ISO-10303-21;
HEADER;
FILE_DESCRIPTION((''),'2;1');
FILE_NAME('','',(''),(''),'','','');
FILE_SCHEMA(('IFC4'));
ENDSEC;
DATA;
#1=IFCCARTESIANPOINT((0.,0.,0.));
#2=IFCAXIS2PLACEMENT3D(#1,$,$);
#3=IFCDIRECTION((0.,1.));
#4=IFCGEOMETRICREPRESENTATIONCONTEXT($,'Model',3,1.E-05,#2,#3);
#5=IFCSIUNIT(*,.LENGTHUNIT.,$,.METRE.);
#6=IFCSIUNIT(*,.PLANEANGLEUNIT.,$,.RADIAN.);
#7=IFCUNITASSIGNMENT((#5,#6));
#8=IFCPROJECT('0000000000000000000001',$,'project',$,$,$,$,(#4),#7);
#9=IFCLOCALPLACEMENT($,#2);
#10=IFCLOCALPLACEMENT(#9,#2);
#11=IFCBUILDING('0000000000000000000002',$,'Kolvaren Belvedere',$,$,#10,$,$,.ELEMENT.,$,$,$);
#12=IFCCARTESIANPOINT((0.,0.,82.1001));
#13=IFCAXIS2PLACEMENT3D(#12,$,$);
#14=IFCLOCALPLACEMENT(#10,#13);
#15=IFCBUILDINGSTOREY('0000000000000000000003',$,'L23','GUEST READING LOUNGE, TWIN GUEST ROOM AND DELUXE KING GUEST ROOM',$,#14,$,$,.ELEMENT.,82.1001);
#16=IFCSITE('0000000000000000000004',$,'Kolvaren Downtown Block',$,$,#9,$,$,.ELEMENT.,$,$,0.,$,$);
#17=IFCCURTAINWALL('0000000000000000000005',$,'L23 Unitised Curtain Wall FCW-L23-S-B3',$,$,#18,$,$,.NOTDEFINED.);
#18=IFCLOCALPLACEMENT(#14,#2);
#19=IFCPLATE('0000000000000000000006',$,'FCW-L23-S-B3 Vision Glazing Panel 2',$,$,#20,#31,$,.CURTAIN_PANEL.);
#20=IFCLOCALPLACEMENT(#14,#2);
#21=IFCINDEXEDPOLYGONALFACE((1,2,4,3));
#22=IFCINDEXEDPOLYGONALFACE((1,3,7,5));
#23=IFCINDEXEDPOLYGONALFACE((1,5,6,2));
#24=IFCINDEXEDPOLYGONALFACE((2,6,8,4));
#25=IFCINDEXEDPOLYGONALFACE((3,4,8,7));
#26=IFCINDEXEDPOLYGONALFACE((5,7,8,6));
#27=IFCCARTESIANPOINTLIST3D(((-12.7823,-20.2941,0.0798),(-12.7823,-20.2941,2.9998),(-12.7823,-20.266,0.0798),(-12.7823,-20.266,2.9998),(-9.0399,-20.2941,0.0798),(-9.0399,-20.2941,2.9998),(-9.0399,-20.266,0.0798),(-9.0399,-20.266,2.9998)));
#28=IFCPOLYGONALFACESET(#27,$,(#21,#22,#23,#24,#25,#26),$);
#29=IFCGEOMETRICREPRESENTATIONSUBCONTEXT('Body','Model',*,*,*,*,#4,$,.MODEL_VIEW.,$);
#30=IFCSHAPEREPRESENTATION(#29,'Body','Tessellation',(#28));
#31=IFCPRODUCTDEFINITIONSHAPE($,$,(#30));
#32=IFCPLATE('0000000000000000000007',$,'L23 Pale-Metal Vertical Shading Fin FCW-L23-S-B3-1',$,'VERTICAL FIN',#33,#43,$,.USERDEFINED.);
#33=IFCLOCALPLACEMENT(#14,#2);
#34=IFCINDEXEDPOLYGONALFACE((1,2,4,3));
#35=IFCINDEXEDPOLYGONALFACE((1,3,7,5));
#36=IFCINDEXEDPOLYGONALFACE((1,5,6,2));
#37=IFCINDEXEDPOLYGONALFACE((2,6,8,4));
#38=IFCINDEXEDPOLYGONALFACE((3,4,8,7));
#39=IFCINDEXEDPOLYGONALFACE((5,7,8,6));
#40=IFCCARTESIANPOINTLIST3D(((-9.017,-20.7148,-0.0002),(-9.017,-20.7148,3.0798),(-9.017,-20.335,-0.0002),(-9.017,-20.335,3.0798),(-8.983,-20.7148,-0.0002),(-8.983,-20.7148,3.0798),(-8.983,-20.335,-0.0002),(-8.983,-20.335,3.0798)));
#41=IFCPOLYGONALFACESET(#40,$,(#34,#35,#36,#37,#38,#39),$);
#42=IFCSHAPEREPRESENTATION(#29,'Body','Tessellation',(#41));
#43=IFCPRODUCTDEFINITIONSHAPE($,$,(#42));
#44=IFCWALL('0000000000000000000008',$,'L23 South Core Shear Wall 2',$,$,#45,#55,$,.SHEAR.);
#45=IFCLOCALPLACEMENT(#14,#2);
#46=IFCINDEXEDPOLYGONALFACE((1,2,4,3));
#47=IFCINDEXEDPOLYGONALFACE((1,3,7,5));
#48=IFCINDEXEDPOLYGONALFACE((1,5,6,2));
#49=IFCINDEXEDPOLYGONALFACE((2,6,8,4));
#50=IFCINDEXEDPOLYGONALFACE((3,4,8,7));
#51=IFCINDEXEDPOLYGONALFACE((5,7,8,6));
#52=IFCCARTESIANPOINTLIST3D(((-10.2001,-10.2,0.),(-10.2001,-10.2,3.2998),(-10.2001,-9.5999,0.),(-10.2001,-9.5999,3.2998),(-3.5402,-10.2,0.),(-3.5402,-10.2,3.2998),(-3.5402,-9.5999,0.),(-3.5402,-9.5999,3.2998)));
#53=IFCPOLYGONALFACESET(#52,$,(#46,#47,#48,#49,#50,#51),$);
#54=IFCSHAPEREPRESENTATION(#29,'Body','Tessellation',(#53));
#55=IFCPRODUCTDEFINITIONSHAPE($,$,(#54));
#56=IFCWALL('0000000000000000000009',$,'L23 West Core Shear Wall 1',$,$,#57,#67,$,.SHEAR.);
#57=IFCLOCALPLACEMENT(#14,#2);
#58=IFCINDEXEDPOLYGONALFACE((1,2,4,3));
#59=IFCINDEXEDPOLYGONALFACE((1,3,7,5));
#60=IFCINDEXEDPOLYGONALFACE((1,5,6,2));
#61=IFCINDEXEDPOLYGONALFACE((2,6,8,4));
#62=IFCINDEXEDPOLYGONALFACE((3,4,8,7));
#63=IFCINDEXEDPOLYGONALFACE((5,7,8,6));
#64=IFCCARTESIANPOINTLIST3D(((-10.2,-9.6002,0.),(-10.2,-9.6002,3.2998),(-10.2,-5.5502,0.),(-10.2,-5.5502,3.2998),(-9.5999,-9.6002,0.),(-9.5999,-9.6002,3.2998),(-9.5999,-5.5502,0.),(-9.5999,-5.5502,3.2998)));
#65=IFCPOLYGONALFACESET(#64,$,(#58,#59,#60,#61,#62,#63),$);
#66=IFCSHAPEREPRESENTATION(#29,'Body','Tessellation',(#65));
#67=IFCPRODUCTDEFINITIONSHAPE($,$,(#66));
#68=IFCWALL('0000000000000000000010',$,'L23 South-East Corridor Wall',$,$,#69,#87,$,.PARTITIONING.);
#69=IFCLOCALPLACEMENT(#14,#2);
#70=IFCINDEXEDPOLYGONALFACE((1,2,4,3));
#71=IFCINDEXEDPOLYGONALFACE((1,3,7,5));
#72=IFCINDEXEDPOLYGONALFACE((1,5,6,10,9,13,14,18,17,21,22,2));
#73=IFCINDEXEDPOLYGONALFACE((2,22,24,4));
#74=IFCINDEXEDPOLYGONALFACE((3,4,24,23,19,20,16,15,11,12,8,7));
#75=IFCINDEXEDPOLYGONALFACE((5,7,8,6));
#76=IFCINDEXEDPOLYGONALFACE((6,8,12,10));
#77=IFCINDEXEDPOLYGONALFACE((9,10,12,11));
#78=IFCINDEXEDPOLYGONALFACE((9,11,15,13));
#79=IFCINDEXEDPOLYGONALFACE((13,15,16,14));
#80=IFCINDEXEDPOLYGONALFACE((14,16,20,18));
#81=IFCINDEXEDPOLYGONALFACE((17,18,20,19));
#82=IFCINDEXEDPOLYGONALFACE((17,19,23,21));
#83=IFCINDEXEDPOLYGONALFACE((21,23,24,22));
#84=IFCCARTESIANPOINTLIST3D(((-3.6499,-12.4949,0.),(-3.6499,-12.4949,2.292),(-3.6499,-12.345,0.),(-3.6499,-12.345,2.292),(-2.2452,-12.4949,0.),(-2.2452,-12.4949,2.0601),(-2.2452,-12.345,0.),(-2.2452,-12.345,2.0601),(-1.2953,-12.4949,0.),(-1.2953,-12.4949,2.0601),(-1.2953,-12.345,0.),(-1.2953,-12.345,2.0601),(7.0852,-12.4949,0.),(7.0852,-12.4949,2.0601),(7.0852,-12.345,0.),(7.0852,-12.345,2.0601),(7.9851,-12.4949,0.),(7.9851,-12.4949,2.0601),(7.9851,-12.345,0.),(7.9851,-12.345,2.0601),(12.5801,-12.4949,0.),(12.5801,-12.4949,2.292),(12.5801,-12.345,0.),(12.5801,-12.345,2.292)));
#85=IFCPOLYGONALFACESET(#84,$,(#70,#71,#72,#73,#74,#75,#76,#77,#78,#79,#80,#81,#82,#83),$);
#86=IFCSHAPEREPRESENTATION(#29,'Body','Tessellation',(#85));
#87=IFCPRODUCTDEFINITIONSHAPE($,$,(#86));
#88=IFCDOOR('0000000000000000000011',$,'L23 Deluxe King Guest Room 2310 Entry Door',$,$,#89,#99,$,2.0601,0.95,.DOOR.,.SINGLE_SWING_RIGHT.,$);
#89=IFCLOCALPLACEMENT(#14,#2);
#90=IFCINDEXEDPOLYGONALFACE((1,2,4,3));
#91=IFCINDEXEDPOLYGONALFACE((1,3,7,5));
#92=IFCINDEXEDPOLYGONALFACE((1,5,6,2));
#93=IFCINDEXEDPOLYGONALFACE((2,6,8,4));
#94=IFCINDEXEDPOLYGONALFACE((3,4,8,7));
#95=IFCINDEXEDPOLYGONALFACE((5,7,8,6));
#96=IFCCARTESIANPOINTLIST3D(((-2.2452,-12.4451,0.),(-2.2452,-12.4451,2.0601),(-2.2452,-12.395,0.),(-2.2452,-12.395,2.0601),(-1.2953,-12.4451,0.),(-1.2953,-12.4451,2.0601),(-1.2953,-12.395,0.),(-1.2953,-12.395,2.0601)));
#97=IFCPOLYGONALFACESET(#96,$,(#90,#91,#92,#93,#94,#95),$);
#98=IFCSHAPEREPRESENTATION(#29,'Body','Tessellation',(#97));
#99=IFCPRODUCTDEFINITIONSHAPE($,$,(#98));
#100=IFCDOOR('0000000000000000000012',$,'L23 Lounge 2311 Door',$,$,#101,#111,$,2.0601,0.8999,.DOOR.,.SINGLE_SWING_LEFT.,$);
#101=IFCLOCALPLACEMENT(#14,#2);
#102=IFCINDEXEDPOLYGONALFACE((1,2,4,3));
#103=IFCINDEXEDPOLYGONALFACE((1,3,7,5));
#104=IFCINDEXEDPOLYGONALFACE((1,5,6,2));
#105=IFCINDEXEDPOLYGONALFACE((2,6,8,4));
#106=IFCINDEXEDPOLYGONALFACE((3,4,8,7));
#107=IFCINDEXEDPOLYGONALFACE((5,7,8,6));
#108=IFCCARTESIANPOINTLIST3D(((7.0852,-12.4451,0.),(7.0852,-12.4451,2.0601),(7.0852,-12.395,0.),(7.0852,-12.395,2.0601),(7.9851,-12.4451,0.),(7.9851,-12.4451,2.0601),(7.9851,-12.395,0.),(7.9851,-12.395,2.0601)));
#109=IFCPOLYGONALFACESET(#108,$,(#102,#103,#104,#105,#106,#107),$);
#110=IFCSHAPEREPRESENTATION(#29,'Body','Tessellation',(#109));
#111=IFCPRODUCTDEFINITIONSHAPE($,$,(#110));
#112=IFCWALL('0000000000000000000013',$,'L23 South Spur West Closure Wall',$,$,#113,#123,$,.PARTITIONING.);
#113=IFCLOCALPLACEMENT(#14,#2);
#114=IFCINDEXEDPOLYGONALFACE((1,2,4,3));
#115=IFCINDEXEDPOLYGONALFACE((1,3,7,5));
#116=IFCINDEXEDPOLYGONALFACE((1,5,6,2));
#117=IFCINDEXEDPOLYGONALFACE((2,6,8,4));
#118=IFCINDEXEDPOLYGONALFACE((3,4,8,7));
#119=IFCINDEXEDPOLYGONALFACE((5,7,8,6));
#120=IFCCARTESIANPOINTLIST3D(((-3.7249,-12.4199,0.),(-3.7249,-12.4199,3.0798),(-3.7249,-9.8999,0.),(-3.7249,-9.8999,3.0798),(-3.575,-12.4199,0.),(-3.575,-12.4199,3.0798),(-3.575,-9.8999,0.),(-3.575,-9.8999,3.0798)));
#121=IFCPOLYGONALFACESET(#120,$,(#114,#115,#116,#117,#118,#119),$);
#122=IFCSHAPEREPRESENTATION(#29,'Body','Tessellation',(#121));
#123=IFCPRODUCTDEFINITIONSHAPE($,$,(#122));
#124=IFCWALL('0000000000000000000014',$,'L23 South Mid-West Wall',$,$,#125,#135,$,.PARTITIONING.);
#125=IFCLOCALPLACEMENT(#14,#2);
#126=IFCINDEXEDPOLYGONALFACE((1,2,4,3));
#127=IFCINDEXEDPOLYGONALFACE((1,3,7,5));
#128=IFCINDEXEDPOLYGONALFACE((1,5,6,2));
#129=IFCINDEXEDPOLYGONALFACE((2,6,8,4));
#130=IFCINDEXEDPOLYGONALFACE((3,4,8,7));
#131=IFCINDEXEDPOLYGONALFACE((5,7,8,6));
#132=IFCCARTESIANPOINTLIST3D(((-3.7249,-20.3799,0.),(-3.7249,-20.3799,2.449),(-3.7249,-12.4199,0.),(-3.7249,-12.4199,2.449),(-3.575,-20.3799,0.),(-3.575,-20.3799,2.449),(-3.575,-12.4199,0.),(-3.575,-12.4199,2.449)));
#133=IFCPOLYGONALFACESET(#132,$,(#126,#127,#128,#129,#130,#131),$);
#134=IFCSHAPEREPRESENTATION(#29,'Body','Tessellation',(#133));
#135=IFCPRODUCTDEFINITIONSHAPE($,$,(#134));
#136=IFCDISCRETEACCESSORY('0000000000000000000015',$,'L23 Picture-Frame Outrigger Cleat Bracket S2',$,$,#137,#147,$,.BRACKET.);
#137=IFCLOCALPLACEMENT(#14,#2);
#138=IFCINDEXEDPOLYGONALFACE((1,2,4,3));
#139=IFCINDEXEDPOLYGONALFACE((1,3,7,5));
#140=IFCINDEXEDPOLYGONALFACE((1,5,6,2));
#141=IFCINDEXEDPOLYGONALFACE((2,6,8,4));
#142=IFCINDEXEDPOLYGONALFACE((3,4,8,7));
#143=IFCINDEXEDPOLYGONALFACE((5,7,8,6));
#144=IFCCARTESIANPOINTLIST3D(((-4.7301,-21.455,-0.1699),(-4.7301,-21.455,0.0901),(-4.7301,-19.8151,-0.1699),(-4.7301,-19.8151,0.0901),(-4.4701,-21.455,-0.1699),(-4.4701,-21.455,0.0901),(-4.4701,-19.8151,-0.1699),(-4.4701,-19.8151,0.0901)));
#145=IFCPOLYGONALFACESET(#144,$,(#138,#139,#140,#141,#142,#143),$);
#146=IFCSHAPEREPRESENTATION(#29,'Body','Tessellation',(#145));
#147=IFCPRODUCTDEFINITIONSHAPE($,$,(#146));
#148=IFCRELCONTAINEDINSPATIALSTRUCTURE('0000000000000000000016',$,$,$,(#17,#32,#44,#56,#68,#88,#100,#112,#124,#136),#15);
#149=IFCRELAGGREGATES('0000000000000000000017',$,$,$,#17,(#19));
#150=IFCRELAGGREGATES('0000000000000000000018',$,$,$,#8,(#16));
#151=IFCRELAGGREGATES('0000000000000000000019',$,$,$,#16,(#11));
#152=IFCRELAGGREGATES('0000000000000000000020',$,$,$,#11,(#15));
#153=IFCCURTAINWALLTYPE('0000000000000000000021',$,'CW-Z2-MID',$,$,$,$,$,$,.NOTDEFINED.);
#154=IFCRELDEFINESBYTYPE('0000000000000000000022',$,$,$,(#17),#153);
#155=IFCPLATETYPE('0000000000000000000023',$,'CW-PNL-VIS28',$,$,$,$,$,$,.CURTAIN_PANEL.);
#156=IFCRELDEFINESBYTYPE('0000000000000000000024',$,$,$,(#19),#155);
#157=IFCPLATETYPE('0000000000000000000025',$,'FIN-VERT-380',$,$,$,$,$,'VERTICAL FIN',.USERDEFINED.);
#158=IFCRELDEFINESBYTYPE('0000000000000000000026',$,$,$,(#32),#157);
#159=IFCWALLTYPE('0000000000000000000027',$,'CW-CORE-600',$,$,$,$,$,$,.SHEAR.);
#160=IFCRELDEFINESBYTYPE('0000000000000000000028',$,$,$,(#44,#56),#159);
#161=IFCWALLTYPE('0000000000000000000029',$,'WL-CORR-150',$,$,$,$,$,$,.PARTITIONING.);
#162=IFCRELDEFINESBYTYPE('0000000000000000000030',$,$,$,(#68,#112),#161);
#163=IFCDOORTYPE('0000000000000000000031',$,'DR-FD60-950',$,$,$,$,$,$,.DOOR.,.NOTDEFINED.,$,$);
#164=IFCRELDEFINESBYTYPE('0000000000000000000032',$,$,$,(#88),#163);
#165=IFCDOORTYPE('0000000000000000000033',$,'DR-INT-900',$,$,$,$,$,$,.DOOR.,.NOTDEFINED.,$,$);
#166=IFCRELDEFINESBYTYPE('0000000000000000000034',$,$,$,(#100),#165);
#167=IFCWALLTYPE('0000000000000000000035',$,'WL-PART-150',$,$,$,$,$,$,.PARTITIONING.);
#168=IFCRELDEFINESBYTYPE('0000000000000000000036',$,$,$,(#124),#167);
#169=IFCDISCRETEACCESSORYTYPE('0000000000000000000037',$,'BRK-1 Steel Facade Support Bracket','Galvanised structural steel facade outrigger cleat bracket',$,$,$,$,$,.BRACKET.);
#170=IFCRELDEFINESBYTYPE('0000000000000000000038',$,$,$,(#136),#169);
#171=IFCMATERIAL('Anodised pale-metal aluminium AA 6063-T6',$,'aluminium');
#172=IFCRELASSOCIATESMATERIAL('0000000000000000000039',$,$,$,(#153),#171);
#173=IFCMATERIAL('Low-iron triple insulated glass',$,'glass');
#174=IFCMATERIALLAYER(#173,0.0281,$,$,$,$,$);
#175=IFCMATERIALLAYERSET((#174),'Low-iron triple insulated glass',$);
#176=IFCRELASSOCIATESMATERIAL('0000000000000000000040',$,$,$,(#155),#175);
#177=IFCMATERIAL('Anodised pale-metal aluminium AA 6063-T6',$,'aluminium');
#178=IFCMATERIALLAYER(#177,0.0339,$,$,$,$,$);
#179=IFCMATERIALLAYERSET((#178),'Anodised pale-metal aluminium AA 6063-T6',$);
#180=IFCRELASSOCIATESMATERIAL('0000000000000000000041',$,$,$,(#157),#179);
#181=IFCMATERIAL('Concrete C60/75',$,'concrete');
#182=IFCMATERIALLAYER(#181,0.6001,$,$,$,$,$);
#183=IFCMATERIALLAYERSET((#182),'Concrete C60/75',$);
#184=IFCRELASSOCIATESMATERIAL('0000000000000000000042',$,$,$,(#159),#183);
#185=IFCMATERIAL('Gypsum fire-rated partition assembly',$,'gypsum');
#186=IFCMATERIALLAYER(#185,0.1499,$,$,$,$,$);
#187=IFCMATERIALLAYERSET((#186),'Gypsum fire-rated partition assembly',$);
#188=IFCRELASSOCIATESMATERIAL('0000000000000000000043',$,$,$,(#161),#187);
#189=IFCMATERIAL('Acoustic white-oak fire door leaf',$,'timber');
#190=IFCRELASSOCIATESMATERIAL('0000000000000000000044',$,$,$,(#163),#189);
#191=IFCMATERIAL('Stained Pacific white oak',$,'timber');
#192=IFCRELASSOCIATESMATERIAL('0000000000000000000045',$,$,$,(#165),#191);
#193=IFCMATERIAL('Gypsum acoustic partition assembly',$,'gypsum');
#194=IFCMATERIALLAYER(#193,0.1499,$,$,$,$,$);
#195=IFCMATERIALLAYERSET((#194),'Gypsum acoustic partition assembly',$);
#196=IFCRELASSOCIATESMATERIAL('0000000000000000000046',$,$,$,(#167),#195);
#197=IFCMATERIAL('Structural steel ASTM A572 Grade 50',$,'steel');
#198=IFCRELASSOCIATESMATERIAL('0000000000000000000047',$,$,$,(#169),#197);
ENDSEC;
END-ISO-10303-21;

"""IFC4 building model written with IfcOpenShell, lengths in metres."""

from ifc_helpers import new_model, si_unit, direction, frame, frame_2d, origin, origin_2d, place, context, subcontext, project, spatial, rectangle, extrude, material, layer, layer_set, type_object, element, fill, aggregate, save


model = new_model("IFC4")

# Units and contexts
model_context = context("Model", 3, precision=1e-05, world=origin(), true_north=direction((0.0, 1.0)))
body_context = subcontext(model_context, "Body", "Model", "MODEL_VIEW")
ifc_project = project(units=[si_unit("LENGTHUNIT", "METRE"), si_unit("PLANEANGLEUNIT", "RADIAN")], contexts=[model_context])

# Site, building, storey
site_placement = place(None, origin())
site = spatial("IfcSite", under=ifc_project, at=site_placement, Name="Kolvaren Downtown Block", CompositionType="ELEMENT", RefElevation=0.0)
building_placement = place(site_placement, origin())
building = spatial("IfcBuilding", under=site, at=building_placement, Name="Kolvaren Belvedere", CompositionType="ELEMENT")
storey_placement = place(building_placement, frame((0.0, 0.0, 82.1001)))
storey = spatial("IfcBuildingStorey", under=building, at=storey_placement, Name="L23", Description="GUEST READING LOUNGE, TWIN GUEST ROOM AND DELUXE KING GUEST ROOM", CompositionType="ELEMENT", Elevation=82.1001)

# Shared definitions
ifc_material_1 = material(Name="Anodised pale-metal aluminium AA 6063-T6", Category="aluminium")
curtain_wall_type = type_object("IfcCurtainWallType", Name="CW-Z2-MID", PredefinedType="NOTDEFINED", material=ifc_material_1)

# Curtain wall
curtain_wall_1_placement = place(storey_placement, origin())
curtain_wall_1 = element("IfcCurtainWall", 1, at=curtain_wall_1_placement, inside=storey, type_object=curtain_wall_type, Name="L23 Unitised Curtain Wall FCW-L23-S-B3", PredefinedType="NOTDEFINED")

# Plates
ifc_material_2 = material(Name="Low-iron triple insulated glass", Category="glass")
ifc_layer_1 = layer(ifc_material_2, 0.0281)
ifc_layer_set_1 = layer_set([ifc_layer_1], Name="Low-iron triple insulated glass")
plate_type_1 = type_object("IfcPlateType", Name="CW-PNL-VIS28", PredefinedType="CURTAIN_PANEL", material=ifc_layer_set_1)
plate_1_placement = place(storey_placement, frame((-10.9111, -20.28, 0.0798), z_axis=(0.0, 0.0, 1.0), x_axis=(-1.0, 0.0, 0.0)))
plate_1 = element("IfcPlate", 2, at=plate_1_placement, type_object=plate_type_1, Name="FCW-L23-S-B3 Vision Glazing Panel 2", PredefinedType="CURTAIN_PANEL", context=body_context, shape_type="SweptSolid", body=[
    extrude(rectangle(XDim=3.7424, YDim=0.0281, at=origin_2d()), origin(), (0.0, 0.0, 1.0), 2.9199),
])
aggregate(curtain_wall_1, [plate_1])
ifc_material_3 = material(Name="Anodised pale-metal aluminium AA 6063-T6", Category="aluminium")
ifc_layer_2 = layer(ifc_material_3, 0.0339)
ifc_layer_set_2 = layer_set([ifc_layer_2], Name="Anodised pale-metal aluminium AA 6063-T6")
plate_type_2 = type_object("IfcPlateType", Name="FIN-VERT-380", ElementType="VERTICAL FIN", PredefinedType="USERDEFINED", material=ifc_layer_set_2)
plate_2_placement = place(storey_placement, frame((-9.0, -20.5249, -0.0002), z_axis=(0.0, 0.0, 1.0), x_axis=(0.0, 1.0, 0.0)))
element("IfcPlate", 3, at=plate_2_placement, inside=storey, type_object=plate_type_2, Name="L23 Pale-Metal Vertical Shading Fin FCW-L23-S-B3-1", ObjectType="VERTICAL FIN", PredefinedType="USERDEFINED", context=body_context, shape_type="SweptSolid", body=[
    extrude(rectangle(XDim=0.3799, YDim=0.0339, at=origin_2d()), origin(), (0.0, 0.0, 1.0), 3.0801),
])

# Walls
ifc_material_4 = material(Name="Concrete C60/75", Category="concrete")
ifc_layer_3 = layer(ifc_material_4, 0.6001)
ifc_layer_set_3 = layer_set([ifc_layer_3], Name="Concrete C60/75")
wall_type_1 = type_object("IfcWallType", Name="CW-CORE-600", PredefinedType="SHEAR", material=ifc_layer_set_3)
wall_1_placement = place(storey_placement, frame((-3.54, -9.8999, 0.0), z_axis=(0.0, 0.0, 1.0), x_axis=(-1.0, 0.0, 0.0)))
element("IfcWall", 4, at=wall_1_placement, inside=storey, type_object=wall_type_1, Name="L23 South Core Shear Wall 2", PredefinedType="SHEAR", context=body_context, shape_type="SweptSolid", body=[
    extrude(rectangle(XDim=6.6599, YDim=0.6001, at=frame_2d((3.3301, 0.0))), origin(), (0.0, 0.0, 1.0), 3.2998),
])
wall_2_placement = place(storey_placement, frame((-9.8999, -9.6001, 0.0), z_axis=(0.0, 0.0, 1.0), x_axis=(0.0, 1.0, 0.0)))
element("IfcWall", 5, at=wall_2_placement, inside=storey, type_object=wall_type_1, Name="L23 West Core Shear Wall 1", PredefinedType="SHEAR", context=body_context, shape_type="SweptSolid", body=[
    extrude(rectangle(XDim=4.05, YDim=0.6001, at=frame_2d((2.0249, 0.0))), origin(), (0.0, 0.0, 1.0), 3.2998),
])

# Wall, openings, doors
ifc_material_5 = material(Name="Gypsum fire-rated partition assembly", Category="gypsum")
ifc_layer_4 = layer(ifc_material_5, 0.1499)
ifc_layer_set_4 = layer_set([ifc_layer_4], Name="Gypsum fire-rated partition assembly")
wall_type_2 = type_object("IfcWallType", Name="WL-CORR-150", PredefinedType="PARTITIONING", material=ifc_layer_set_4)
wall_3_placement = place(storey_placement, frame((-3.6499, -12.4199, 0.0), z_axis=(0.0, 0.0, 1.0), x_axis=(1.0, 0.0, 0.0)))
wall_3 = element("IfcWall", 6, at=wall_3_placement, inside=storey, type_object=wall_type_2, Name="L23 South-East Corridor Wall", PredefinedType="PARTITIONING", context=body_context, shape_type="SweptSolid", body=[
    extrude(rectangle(XDim=16.23, YDim=0.1499, at=frame_2d((8.115, 0.0))), origin(), (0.0, 0.0, 1.0), 2.292),
])
opening_1_placement = place(wall_3_placement, frame((1.4045, 0.0, 0.0)))
opening_1 = element("IfcOpeningElement", 7, at=opening_1_placement, cuts=wall_3, PredefinedType="OPENING", context=body_context, shape_type="SweptSolid", body=[
    extrude(rectangle(XDim=0.95, YDim=2.0601, at=frame_2d((0.4751, 1.03))), frame((0.0, 0.085, 0.0), z_axis=(0.0, -1.0, 0.0), x_axis=(1.0, 0.0, 0.0)), (0.0, 0.0, 1.0), 0.1699),
])
opening_2_placement = place(wall_3_placement, frame((10.7351, 0.0, 0.0)))
opening_2 = element("IfcOpeningElement", 8, at=opening_2_placement, cuts=wall_3, PredefinedType="OPENING", context=body_context, shape_type="SweptSolid", body=[
    extrude(rectangle(XDim=0.8999, YDim=2.0601, at=frame_2d((0.45, 1.03))), frame((0.0, 0.085, 0.0), z_axis=(0.0, -1.0, 0.0), x_axis=(1.0, 0.0, 0.0)), (0.0, 0.0, 1.0), 0.1699),
])
ifc_material_6 = material(Name="Acoustic white-oak fire door leaf", Category="timber")
door_type_1 = type_object("IfcDoorType", Name="DR-FD60-950", OperationType="NOTDEFINED", PredefinedType="DOOR", material=ifc_material_6)
door_1_placement = place(opening_1_placement, origin())
door_1 = element("IfcDoor", 9, at=door_1_placement, inside=storey, type_object=door_type_1, Name="L23 Deluxe King Guest Room 2310 Entry Door", OperationType="SINGLE_SWING_RIGHT", OverallHeight=2.0601, OverallWidth=0.95, PredefinedType="DOOR", context=body_context, shape_type="SweptSolid", body=[
    extrude(rectangle(XDim=0.95, YDim=2.0601, at=frame_2d((0.4751, 1.03))), frame((0.0, 0.0249, 0.0), z_axis=(0.0, -1.0, 0.0), x_axis=(1.0, 0.0, 0.0)), (0.0, 0.0, 1.0), 0.05),
])
fill(opening_1, door_1)
ifc_material_7 = material(Name="Stained Pacific white oak", Category="timber")
door_type_2 = type_object("IfcDoorType", Name="DR-INT-900", OperationType="NOTDEFINED", PredefinedType="DOOR", material=ifc_material_7)
door_2_placement = place(opening_2_placement, origin())
door_2 = element("IfcDoor", 10, at=door_2_placement, inside=storey, type_object=door_type_2, Name="L23 Lounge 2311 Door", OperationType="SINGLE_SWING_LEFT", OverallHeight=2.0601, OverallWidth=0.8999, PredefinedType="DOOR", context=body_context, shape_type="SweptSolid", body=[
    extrude(rectangle(XDim=0.8999, YDim=2.0601, at=frame_2d((0.45, 1.03))), frame((0.0, 0.0249, 0.0), z_axis=(0.0, -1.0, 0.0), x_axis=(1.0, 0.0, 0.0)), (0.0, 0.0, 1.0), 0.05),
])
fill(opening_2, door_2)

# Walls
wall_4_placement = place(storey_placement, frame((-3.6499, -12.4199, 0.0), z_axis=(0.0, 0.0, 1.0), x_axis=(0.0, 1.0, 0.0)))
element("IfcWall", 11, at=wall_4_placement, inside=storey, type_object=wall_type_2, Name="L23 South Spur West Closure Wall", PredefinedType="PARTITIONING", context=body_context, shape_type="SweptSolid", body=[
    extrude(rectangle(XDim=2.52, YDim=0.1499, at=frame_2d((1.26, 0.0))), origin(), (0.0, 0.0, 1.0), 3.0798),
])
ifc_material_8 = material(Name="Gypsum acoustic partition assembly", Category="gypsum")
ifc_layer_5 = layer(ifc_material_8, 0.1499)
ifc_layer_set_5 = layer_set([ifc_layer_5], Name="Gypsum acoustic partition assembly")
wall_type_3 = type_object("IfcWallType", Name="WL-PART-150", PredefinedType="PARTITIONING", material=ifc_layer_set_5)
wall_5_placement = place(storey_placement, frame((-3.6499, -20.3799, 0.0), z_axis=(0.0, 0.0, 1.0), x_axis=(0.0, 1.0, 0.0)))
element("IfcWall", 12, at=wall_5_placement, inside=storey, type_object=wall_type_3, Name="L23 South Mid-West Wall", PredefinedType="PARTITIONING", context=body_context, shape_type="SweptSolid", body=[
    extrude(rectangle(XDim=7.96, YDim=0.1499, at=frame_2d((3.98, 0.0))), origin(), (0.0, 0.0, 1.0), 2.449),
])

# Discrete accessory
ifc_material_9 = material(Name="Structural steel ASTM A572 Grade 50", Category="steel")
discrete_accessory_type = type_object("IfcDiscreteAccessoryType", Name="BRK-1 Steel Facade Support Bracket", Description="Galvanised structural steel facade outrigger cleat bracket", PredefinedType="BRACKET", material=ifc_material_9)
discrete_accessory_placement = place(storey_placement, frame((-4.6001, -20.635, -0.1699), z_axis=(0.0, 0.0, 1.0), x_axis=(0.0, 1.0, 0.0)))
element("IfcDiscreteAccessory", 13, at=discrete_accessory_placement, inside=storey, type_object=discrete_accessory_type, Name="L23 Picture-Frame Outrigger Cleat Bracket S2", PredefinedType="BRACKET", context=body_context, shape_type="SweptSolid", body=[
    extrude(rectangle(XDim=1.6399, YDim=0.26, at=origin_2d()), origin(), (0.0, 0.0, 1.0), 0.26),
])

save(model, "model.ifc")
